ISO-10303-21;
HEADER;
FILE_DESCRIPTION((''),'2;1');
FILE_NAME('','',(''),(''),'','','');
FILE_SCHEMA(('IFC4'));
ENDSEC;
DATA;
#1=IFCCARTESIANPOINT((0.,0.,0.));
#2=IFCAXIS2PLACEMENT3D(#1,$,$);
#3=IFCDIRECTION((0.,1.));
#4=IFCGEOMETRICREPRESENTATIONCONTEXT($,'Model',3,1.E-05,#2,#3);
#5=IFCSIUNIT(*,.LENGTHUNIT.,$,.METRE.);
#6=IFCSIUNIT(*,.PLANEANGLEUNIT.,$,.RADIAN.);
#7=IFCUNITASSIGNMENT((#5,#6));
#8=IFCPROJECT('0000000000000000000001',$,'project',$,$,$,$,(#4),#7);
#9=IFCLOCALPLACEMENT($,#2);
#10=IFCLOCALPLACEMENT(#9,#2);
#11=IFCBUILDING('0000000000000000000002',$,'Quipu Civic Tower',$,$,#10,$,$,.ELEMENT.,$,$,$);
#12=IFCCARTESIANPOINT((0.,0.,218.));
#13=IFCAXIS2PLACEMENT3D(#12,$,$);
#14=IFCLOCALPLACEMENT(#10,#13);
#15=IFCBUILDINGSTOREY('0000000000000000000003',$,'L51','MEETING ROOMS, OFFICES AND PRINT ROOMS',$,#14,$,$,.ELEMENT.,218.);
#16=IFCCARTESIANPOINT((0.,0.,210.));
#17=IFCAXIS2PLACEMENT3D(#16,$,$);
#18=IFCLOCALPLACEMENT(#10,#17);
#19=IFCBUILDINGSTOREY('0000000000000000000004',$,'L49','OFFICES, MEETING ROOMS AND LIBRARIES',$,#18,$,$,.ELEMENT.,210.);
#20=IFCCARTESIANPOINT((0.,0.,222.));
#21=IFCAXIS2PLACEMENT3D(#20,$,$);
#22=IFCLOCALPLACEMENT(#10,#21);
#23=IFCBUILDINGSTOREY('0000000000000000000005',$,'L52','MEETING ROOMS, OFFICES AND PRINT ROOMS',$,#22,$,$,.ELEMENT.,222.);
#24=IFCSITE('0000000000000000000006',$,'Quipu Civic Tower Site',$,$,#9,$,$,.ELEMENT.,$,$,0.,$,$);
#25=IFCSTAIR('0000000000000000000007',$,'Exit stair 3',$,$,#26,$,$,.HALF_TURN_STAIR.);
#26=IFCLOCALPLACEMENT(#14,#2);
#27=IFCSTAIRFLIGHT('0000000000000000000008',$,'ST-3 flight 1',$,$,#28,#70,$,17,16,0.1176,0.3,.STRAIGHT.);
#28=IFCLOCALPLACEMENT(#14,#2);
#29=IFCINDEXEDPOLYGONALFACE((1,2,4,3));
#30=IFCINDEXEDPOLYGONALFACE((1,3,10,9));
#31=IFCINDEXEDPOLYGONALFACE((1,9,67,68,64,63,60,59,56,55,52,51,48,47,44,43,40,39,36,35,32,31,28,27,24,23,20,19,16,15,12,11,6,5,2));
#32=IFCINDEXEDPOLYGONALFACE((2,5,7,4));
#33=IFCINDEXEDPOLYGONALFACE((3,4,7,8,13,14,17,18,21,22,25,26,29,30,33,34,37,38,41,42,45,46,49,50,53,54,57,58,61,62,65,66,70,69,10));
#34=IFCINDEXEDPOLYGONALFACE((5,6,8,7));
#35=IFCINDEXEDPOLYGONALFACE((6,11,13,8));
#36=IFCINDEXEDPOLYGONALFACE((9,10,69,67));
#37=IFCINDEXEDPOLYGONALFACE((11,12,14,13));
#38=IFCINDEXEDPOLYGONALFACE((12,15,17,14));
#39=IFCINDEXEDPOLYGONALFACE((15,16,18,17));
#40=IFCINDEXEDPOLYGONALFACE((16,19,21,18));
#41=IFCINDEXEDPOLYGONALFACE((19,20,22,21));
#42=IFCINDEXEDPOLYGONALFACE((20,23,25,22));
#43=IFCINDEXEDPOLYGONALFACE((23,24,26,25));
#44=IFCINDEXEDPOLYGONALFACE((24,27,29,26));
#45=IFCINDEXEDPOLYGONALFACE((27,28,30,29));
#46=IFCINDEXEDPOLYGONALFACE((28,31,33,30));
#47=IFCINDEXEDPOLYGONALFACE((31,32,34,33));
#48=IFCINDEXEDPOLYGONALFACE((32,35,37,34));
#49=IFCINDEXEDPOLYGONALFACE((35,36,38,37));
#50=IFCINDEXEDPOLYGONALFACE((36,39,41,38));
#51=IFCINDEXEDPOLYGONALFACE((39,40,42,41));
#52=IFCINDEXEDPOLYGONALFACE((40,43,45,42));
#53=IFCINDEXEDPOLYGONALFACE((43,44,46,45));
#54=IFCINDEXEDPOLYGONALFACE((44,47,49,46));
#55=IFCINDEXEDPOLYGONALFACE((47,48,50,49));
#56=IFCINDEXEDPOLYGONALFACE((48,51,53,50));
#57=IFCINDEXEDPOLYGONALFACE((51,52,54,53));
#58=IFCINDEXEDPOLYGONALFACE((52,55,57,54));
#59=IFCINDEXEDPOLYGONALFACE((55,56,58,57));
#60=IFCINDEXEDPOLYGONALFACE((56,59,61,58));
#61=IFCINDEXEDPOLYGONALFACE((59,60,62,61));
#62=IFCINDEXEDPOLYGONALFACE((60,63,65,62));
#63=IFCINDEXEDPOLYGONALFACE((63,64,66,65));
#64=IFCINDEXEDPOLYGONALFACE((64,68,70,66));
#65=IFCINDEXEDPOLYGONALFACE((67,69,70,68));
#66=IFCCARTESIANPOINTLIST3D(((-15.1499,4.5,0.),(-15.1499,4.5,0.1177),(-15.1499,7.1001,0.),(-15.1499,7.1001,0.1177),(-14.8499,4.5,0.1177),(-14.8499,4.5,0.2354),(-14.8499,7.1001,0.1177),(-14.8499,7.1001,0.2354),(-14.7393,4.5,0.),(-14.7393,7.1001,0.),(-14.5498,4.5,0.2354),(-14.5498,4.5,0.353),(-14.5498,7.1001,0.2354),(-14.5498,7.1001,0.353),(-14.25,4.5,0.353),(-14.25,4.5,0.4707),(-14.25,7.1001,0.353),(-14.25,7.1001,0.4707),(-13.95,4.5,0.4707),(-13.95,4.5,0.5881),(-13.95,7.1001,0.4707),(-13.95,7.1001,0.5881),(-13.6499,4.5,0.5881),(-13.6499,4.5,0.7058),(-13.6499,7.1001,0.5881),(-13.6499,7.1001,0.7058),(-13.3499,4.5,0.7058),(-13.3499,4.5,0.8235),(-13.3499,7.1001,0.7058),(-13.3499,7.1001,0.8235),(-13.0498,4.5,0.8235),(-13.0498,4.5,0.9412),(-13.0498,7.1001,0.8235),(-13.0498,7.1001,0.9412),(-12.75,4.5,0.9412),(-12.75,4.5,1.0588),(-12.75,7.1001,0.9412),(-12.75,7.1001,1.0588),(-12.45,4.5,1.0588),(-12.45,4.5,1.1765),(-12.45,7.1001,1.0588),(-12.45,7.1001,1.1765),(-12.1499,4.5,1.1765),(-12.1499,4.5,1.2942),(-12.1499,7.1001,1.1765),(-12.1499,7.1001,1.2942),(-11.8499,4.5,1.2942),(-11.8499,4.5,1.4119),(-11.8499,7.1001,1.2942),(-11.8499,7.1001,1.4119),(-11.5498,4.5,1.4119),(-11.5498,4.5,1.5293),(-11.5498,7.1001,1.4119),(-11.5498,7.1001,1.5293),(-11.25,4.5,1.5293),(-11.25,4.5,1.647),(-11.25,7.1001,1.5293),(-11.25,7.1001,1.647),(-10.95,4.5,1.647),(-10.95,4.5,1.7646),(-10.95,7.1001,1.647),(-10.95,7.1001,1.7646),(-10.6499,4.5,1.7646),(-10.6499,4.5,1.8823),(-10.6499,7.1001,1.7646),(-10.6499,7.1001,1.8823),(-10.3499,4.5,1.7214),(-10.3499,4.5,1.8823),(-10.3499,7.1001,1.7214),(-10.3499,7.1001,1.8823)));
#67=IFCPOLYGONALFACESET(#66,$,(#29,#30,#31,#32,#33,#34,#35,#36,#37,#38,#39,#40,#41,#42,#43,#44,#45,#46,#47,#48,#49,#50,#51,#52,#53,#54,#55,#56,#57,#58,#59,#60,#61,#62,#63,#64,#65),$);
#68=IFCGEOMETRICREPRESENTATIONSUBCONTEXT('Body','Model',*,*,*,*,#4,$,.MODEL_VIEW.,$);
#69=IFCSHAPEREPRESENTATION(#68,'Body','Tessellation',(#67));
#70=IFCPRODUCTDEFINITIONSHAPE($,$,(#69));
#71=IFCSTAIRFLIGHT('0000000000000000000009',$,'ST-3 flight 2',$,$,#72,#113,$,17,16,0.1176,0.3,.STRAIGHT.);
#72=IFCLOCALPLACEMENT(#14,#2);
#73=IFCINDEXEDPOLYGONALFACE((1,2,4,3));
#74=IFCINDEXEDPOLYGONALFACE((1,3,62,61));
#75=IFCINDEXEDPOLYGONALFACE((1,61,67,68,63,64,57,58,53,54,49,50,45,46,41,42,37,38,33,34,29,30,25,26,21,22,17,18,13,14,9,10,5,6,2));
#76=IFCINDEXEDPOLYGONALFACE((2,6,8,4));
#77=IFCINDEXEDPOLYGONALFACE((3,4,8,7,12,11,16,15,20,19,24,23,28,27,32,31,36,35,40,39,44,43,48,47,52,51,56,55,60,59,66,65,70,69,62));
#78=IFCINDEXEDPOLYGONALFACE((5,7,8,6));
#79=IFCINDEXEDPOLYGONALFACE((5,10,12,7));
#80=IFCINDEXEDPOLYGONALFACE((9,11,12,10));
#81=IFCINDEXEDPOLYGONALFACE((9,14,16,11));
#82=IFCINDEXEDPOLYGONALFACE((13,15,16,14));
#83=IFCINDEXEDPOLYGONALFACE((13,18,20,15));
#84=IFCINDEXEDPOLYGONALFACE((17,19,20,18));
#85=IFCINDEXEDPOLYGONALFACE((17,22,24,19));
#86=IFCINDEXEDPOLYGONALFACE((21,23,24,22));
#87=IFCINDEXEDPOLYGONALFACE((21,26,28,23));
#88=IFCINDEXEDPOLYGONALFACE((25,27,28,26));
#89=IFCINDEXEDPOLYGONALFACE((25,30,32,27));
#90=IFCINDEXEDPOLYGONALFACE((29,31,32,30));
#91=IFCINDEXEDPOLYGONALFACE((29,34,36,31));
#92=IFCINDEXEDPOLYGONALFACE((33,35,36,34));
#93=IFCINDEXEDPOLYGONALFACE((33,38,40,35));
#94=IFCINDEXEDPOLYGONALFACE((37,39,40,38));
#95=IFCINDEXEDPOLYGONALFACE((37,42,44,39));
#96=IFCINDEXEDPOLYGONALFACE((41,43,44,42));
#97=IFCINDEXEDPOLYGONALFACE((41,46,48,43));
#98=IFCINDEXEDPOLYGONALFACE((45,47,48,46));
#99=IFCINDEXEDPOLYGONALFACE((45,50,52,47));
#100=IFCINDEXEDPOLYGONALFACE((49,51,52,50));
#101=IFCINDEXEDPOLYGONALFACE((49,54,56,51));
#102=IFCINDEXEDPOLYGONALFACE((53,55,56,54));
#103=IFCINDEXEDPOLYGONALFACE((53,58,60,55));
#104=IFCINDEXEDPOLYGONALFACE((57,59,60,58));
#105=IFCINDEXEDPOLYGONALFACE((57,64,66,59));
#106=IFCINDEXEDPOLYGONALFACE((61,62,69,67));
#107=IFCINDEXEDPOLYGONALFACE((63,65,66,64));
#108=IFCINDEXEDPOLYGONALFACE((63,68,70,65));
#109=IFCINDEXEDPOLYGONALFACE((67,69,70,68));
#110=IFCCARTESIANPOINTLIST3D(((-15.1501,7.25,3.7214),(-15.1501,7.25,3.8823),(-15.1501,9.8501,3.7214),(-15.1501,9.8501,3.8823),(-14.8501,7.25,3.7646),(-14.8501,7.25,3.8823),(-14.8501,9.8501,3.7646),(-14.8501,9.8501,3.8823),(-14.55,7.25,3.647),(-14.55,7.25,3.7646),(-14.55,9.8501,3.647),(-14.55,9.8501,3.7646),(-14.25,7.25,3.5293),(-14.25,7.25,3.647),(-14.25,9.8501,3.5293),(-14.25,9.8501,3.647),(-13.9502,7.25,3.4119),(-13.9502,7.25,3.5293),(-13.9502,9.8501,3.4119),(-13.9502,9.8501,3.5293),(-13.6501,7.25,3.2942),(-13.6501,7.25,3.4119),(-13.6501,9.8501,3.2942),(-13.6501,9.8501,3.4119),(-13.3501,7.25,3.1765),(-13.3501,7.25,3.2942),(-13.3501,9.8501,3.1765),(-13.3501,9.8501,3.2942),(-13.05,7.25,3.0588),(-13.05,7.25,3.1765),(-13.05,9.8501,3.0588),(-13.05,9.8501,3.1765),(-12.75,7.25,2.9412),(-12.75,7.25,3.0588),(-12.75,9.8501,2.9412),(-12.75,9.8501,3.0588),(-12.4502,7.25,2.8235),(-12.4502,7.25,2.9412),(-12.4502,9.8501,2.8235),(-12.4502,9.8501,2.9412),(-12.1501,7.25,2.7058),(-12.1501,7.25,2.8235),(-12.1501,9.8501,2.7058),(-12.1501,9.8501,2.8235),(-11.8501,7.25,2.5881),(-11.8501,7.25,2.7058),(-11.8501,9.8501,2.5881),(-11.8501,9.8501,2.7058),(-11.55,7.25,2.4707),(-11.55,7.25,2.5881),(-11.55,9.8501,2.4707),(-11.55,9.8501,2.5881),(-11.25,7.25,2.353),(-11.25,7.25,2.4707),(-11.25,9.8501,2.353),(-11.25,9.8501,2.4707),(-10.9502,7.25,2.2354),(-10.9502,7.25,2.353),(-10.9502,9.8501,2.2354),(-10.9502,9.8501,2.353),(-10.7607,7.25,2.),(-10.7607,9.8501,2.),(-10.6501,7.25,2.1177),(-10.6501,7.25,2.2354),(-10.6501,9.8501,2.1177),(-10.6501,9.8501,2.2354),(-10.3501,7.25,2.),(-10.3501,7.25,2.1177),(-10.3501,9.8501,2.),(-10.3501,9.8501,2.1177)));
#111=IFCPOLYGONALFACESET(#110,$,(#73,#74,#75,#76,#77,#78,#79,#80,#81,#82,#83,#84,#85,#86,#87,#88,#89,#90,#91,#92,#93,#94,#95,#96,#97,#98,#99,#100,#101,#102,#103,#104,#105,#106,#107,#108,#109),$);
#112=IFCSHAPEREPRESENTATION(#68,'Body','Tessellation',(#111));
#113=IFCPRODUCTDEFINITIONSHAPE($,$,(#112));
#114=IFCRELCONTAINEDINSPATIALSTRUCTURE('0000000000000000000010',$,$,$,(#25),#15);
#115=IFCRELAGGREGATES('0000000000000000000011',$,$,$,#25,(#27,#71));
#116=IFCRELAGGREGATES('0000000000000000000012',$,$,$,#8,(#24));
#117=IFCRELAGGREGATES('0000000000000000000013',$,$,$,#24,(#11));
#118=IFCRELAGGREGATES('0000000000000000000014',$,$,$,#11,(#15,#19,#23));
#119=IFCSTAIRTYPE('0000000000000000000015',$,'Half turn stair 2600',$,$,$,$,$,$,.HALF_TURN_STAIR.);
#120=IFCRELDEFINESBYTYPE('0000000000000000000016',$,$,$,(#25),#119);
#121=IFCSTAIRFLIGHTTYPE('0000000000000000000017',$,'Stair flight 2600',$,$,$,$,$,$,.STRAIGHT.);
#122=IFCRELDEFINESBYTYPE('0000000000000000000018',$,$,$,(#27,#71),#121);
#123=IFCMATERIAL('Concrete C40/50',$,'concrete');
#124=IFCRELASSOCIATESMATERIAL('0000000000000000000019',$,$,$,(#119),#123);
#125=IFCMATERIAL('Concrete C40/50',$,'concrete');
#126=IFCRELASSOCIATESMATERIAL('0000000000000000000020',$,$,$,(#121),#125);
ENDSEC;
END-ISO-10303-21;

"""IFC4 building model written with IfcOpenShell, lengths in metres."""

from ifc_helpers import new_model, si_unit, direction, frame, origin, place, context, subcontext, project, spatial, polyline, outline, extrude, material, type_object, element, aggregate, save


model = new_model("IFC4")

# Units and contexts
model_context = context("Model", 3, precision=1e-05, world=origin(), true_north=direction((0.0, 1.0)))
body_context = subcontext(model_context, "Body", "Model", "MODEL_VIEW")
ifc_project = project(units=[si_unit("LENGTHUNIT", "METRE"), si_unit("PLANEANGLEUNIT", "RADIAN")], contexts=[model_context])

# Site, building, storey
site_placement = place(None, origin())
site = spatial("IfcSite", under=ifc_project, at=site_placement, Name="Quipu Civic Tower Site", CompositionType="ELEMENT", RefElevation=0.0)
building_placement = place(site_placement, origin())
building = spatial("IfcBuilding", under=site, at=building_placement, Name="Quipu Civic Tower", CompositionType="ELEMENT")
storey_1_placement = place(building_placement, frame((0.0, 0.0, 218.0)))
storey_1 = spatial("IfcBuildingStorey", under=building, at=storey_1_placement, Name="L51", Description="MEETING ROOMS, OFFICES AND PRINT ROOMS", CompositionType="ELEMENT", Elevation=218.0)

# Shared definitions
storey_2_placement = place(building_placement, frame((0.0, 0.0, 210.0)))
storey_2 = spatial("IfcBuildingStorey", under=building, at=storey_2_placement, Name="L49", Description="OFFICES, MEETING ROOMS AND LIBRARIES", CompositionType="ELEMENT", Elevation=210.0)

# Shared definitions
storey_3_placement = place(building_placement, frame((0.0, 0.0, 222.0)))
storey_3 = spatial("IfcBuildingStorey", under=building, at=storey_3_placement, Name="L52", Description="MEETING ROOMS, OFFICES AND PRINT ROOMS", CompositionType="ELEMENT", Elevation=222.0)

# Stair, stair flights
ifc_material_1 = material(Name="Concrete C40/50", Category="concrete")
stair_type = type_object("IfcStairType", Name="Half turn stair 2600", PredefinedType="HALF_TURN_STAIR", material=ifc_material_1)
stair_placement = place(storey_1_placement, origin())
stair = element("IfcStair", 1, at=stair_placement, inside=storey_1, type_object=stair_type, Name="Exit stair 3", PredefinedType="HALF_TURN_STAIR")
ifc_material_2 = material(Name="Concrete C40/50", Category="concrete")
stair_flight_type = type_object("IfcStairFlightType", Name="Stair flight 2600", PredefinedType="STRAIGHT", material=ifc_material_2)
stair_flight_1_placement = place(storey_1_placement, frame((-15.1499, 5.8, 0.0), z_axis=(0.0, 0.0, 1.0), x_axis=(1.0, 0.0, 0.0)))
stair_flight_1 = element("IfcStairFlight", 2, at=stair_flight_1_placement, type_object=stair_flight_type, Name="ST-3 flight 1", NumberOfRisers=17, NumberOfTreads=16, PredefinedType="STRAIGHT", RiserHeight=0.1176, TreadLength=0.3, context=body_context, shape_type="SweptSolid", body=[
    extrude(outline(polyline([(0.0, 0.0), (0.0, 0.1177), (0.3, 0.1177), (0.3, 0.2354), (0.6001, 0.2354), (0.6001, 0.353), (0.8999, 0.353), (0.8999, 0.4707), (1.2, 0.4707), (1.2, 0.5881), (1.5, 0.5881), (1.5, 0.7058), (1.8, 0.7058), (1.8, 0.8235), (2.1001, 0.8235), (2.1001, 0.9412), (2.3999, 0.9412), (2.3999, 1.0588), (2.7, 1.0588), (2.7, 1.1765), (3.0, 1.1765), (3.0, 1.2942), (3.3, 1.2942), (3.3, 1.4119), (3.6001, 1.4119), (3.6001, 1.5293), (3.8999, 1.5293), (3.8999, 1.647), (4.2, 1.647), (4.2, 1.7646), (4.5, 1.7646), (4.5, 1.8823), (4.8, 1.8823), (4.8, 2.0), (4.8, 1.7214), (0.4106, 0.0), (0.0, 0.0)])), frame((0.0, 1.3, 0.0), z_axis=(0.0, -1.0, 0.0), x_axis=(1.0, 0.0, 0.0)), (0.0, 0.0, 1.0), 2.6001),
])
stair_flight_2_placement = place(storey_1_placement, frame((-10.3501, 8.55, 2.0), z_axis=(0.0, 0.0, 1.0), x_axis=(-1.0, 0.0, 0.0)))
stair_flight_2 = element("IfcStairFlight", 3, at=stair_flight_2_placement, type_object=stair_flight_type, Name="ST-3 flight 2", NumberOfRisers=17, NumberOfTreads=16, PredefinedType="STRAIGHT", RiserHeight=0.1176, TreadLength=0.3, context=body_context, shape_type="SweptSolid", body=[
    extrude(outline(polyline([(0.0, 0.0), (0.0, 0.1177), (0.3, 0.1177), (0.3, 0.2354), (0.6001, 0.2354), (0.6001, 0.353), (0.8999, 0.353), (0.8999, 0.4707), (1.2, 0.4707), (1.2, 0.5881), (1.5, 0.5881), (1.5, 0.7058), (1.8, 0.7058), (1.8, 0.8235), (2.1001, 0.8235), (2.1001, 0.9412), (2.3999, 0.9412), (2.3999, 1.0588), (2.7, 1.0588), (2.7, 1.1765), (3.0, 1.1765), (3.0, 1.2942), (3.3, 1.2942), (3.3, 1.4119), (3.6001, 1.4119), (3.6001, 1.5293), (3.8999, 1.5293), (3.8999, 1.647), (4.2, 1.647), (4.2, 1.7646), (4.5, 1.7646), (4.5, 1.8823), (4.8, 1.8823), (4.8, 2.0), (4.8, 1.7214), (0.4106, 0.0), (0.0, 0.0)])), frame((0.0, 1.3, 0.0), z_axis=(0.0, -1.0, 0.0), x_axis=(1.0, 0.0, 0.0)), (0.0, 0.0, 1.0), 2.6001),
])
aggregate(stair, [stair_flight_1, stair_flight_2])

save(model, "model.ifc")
